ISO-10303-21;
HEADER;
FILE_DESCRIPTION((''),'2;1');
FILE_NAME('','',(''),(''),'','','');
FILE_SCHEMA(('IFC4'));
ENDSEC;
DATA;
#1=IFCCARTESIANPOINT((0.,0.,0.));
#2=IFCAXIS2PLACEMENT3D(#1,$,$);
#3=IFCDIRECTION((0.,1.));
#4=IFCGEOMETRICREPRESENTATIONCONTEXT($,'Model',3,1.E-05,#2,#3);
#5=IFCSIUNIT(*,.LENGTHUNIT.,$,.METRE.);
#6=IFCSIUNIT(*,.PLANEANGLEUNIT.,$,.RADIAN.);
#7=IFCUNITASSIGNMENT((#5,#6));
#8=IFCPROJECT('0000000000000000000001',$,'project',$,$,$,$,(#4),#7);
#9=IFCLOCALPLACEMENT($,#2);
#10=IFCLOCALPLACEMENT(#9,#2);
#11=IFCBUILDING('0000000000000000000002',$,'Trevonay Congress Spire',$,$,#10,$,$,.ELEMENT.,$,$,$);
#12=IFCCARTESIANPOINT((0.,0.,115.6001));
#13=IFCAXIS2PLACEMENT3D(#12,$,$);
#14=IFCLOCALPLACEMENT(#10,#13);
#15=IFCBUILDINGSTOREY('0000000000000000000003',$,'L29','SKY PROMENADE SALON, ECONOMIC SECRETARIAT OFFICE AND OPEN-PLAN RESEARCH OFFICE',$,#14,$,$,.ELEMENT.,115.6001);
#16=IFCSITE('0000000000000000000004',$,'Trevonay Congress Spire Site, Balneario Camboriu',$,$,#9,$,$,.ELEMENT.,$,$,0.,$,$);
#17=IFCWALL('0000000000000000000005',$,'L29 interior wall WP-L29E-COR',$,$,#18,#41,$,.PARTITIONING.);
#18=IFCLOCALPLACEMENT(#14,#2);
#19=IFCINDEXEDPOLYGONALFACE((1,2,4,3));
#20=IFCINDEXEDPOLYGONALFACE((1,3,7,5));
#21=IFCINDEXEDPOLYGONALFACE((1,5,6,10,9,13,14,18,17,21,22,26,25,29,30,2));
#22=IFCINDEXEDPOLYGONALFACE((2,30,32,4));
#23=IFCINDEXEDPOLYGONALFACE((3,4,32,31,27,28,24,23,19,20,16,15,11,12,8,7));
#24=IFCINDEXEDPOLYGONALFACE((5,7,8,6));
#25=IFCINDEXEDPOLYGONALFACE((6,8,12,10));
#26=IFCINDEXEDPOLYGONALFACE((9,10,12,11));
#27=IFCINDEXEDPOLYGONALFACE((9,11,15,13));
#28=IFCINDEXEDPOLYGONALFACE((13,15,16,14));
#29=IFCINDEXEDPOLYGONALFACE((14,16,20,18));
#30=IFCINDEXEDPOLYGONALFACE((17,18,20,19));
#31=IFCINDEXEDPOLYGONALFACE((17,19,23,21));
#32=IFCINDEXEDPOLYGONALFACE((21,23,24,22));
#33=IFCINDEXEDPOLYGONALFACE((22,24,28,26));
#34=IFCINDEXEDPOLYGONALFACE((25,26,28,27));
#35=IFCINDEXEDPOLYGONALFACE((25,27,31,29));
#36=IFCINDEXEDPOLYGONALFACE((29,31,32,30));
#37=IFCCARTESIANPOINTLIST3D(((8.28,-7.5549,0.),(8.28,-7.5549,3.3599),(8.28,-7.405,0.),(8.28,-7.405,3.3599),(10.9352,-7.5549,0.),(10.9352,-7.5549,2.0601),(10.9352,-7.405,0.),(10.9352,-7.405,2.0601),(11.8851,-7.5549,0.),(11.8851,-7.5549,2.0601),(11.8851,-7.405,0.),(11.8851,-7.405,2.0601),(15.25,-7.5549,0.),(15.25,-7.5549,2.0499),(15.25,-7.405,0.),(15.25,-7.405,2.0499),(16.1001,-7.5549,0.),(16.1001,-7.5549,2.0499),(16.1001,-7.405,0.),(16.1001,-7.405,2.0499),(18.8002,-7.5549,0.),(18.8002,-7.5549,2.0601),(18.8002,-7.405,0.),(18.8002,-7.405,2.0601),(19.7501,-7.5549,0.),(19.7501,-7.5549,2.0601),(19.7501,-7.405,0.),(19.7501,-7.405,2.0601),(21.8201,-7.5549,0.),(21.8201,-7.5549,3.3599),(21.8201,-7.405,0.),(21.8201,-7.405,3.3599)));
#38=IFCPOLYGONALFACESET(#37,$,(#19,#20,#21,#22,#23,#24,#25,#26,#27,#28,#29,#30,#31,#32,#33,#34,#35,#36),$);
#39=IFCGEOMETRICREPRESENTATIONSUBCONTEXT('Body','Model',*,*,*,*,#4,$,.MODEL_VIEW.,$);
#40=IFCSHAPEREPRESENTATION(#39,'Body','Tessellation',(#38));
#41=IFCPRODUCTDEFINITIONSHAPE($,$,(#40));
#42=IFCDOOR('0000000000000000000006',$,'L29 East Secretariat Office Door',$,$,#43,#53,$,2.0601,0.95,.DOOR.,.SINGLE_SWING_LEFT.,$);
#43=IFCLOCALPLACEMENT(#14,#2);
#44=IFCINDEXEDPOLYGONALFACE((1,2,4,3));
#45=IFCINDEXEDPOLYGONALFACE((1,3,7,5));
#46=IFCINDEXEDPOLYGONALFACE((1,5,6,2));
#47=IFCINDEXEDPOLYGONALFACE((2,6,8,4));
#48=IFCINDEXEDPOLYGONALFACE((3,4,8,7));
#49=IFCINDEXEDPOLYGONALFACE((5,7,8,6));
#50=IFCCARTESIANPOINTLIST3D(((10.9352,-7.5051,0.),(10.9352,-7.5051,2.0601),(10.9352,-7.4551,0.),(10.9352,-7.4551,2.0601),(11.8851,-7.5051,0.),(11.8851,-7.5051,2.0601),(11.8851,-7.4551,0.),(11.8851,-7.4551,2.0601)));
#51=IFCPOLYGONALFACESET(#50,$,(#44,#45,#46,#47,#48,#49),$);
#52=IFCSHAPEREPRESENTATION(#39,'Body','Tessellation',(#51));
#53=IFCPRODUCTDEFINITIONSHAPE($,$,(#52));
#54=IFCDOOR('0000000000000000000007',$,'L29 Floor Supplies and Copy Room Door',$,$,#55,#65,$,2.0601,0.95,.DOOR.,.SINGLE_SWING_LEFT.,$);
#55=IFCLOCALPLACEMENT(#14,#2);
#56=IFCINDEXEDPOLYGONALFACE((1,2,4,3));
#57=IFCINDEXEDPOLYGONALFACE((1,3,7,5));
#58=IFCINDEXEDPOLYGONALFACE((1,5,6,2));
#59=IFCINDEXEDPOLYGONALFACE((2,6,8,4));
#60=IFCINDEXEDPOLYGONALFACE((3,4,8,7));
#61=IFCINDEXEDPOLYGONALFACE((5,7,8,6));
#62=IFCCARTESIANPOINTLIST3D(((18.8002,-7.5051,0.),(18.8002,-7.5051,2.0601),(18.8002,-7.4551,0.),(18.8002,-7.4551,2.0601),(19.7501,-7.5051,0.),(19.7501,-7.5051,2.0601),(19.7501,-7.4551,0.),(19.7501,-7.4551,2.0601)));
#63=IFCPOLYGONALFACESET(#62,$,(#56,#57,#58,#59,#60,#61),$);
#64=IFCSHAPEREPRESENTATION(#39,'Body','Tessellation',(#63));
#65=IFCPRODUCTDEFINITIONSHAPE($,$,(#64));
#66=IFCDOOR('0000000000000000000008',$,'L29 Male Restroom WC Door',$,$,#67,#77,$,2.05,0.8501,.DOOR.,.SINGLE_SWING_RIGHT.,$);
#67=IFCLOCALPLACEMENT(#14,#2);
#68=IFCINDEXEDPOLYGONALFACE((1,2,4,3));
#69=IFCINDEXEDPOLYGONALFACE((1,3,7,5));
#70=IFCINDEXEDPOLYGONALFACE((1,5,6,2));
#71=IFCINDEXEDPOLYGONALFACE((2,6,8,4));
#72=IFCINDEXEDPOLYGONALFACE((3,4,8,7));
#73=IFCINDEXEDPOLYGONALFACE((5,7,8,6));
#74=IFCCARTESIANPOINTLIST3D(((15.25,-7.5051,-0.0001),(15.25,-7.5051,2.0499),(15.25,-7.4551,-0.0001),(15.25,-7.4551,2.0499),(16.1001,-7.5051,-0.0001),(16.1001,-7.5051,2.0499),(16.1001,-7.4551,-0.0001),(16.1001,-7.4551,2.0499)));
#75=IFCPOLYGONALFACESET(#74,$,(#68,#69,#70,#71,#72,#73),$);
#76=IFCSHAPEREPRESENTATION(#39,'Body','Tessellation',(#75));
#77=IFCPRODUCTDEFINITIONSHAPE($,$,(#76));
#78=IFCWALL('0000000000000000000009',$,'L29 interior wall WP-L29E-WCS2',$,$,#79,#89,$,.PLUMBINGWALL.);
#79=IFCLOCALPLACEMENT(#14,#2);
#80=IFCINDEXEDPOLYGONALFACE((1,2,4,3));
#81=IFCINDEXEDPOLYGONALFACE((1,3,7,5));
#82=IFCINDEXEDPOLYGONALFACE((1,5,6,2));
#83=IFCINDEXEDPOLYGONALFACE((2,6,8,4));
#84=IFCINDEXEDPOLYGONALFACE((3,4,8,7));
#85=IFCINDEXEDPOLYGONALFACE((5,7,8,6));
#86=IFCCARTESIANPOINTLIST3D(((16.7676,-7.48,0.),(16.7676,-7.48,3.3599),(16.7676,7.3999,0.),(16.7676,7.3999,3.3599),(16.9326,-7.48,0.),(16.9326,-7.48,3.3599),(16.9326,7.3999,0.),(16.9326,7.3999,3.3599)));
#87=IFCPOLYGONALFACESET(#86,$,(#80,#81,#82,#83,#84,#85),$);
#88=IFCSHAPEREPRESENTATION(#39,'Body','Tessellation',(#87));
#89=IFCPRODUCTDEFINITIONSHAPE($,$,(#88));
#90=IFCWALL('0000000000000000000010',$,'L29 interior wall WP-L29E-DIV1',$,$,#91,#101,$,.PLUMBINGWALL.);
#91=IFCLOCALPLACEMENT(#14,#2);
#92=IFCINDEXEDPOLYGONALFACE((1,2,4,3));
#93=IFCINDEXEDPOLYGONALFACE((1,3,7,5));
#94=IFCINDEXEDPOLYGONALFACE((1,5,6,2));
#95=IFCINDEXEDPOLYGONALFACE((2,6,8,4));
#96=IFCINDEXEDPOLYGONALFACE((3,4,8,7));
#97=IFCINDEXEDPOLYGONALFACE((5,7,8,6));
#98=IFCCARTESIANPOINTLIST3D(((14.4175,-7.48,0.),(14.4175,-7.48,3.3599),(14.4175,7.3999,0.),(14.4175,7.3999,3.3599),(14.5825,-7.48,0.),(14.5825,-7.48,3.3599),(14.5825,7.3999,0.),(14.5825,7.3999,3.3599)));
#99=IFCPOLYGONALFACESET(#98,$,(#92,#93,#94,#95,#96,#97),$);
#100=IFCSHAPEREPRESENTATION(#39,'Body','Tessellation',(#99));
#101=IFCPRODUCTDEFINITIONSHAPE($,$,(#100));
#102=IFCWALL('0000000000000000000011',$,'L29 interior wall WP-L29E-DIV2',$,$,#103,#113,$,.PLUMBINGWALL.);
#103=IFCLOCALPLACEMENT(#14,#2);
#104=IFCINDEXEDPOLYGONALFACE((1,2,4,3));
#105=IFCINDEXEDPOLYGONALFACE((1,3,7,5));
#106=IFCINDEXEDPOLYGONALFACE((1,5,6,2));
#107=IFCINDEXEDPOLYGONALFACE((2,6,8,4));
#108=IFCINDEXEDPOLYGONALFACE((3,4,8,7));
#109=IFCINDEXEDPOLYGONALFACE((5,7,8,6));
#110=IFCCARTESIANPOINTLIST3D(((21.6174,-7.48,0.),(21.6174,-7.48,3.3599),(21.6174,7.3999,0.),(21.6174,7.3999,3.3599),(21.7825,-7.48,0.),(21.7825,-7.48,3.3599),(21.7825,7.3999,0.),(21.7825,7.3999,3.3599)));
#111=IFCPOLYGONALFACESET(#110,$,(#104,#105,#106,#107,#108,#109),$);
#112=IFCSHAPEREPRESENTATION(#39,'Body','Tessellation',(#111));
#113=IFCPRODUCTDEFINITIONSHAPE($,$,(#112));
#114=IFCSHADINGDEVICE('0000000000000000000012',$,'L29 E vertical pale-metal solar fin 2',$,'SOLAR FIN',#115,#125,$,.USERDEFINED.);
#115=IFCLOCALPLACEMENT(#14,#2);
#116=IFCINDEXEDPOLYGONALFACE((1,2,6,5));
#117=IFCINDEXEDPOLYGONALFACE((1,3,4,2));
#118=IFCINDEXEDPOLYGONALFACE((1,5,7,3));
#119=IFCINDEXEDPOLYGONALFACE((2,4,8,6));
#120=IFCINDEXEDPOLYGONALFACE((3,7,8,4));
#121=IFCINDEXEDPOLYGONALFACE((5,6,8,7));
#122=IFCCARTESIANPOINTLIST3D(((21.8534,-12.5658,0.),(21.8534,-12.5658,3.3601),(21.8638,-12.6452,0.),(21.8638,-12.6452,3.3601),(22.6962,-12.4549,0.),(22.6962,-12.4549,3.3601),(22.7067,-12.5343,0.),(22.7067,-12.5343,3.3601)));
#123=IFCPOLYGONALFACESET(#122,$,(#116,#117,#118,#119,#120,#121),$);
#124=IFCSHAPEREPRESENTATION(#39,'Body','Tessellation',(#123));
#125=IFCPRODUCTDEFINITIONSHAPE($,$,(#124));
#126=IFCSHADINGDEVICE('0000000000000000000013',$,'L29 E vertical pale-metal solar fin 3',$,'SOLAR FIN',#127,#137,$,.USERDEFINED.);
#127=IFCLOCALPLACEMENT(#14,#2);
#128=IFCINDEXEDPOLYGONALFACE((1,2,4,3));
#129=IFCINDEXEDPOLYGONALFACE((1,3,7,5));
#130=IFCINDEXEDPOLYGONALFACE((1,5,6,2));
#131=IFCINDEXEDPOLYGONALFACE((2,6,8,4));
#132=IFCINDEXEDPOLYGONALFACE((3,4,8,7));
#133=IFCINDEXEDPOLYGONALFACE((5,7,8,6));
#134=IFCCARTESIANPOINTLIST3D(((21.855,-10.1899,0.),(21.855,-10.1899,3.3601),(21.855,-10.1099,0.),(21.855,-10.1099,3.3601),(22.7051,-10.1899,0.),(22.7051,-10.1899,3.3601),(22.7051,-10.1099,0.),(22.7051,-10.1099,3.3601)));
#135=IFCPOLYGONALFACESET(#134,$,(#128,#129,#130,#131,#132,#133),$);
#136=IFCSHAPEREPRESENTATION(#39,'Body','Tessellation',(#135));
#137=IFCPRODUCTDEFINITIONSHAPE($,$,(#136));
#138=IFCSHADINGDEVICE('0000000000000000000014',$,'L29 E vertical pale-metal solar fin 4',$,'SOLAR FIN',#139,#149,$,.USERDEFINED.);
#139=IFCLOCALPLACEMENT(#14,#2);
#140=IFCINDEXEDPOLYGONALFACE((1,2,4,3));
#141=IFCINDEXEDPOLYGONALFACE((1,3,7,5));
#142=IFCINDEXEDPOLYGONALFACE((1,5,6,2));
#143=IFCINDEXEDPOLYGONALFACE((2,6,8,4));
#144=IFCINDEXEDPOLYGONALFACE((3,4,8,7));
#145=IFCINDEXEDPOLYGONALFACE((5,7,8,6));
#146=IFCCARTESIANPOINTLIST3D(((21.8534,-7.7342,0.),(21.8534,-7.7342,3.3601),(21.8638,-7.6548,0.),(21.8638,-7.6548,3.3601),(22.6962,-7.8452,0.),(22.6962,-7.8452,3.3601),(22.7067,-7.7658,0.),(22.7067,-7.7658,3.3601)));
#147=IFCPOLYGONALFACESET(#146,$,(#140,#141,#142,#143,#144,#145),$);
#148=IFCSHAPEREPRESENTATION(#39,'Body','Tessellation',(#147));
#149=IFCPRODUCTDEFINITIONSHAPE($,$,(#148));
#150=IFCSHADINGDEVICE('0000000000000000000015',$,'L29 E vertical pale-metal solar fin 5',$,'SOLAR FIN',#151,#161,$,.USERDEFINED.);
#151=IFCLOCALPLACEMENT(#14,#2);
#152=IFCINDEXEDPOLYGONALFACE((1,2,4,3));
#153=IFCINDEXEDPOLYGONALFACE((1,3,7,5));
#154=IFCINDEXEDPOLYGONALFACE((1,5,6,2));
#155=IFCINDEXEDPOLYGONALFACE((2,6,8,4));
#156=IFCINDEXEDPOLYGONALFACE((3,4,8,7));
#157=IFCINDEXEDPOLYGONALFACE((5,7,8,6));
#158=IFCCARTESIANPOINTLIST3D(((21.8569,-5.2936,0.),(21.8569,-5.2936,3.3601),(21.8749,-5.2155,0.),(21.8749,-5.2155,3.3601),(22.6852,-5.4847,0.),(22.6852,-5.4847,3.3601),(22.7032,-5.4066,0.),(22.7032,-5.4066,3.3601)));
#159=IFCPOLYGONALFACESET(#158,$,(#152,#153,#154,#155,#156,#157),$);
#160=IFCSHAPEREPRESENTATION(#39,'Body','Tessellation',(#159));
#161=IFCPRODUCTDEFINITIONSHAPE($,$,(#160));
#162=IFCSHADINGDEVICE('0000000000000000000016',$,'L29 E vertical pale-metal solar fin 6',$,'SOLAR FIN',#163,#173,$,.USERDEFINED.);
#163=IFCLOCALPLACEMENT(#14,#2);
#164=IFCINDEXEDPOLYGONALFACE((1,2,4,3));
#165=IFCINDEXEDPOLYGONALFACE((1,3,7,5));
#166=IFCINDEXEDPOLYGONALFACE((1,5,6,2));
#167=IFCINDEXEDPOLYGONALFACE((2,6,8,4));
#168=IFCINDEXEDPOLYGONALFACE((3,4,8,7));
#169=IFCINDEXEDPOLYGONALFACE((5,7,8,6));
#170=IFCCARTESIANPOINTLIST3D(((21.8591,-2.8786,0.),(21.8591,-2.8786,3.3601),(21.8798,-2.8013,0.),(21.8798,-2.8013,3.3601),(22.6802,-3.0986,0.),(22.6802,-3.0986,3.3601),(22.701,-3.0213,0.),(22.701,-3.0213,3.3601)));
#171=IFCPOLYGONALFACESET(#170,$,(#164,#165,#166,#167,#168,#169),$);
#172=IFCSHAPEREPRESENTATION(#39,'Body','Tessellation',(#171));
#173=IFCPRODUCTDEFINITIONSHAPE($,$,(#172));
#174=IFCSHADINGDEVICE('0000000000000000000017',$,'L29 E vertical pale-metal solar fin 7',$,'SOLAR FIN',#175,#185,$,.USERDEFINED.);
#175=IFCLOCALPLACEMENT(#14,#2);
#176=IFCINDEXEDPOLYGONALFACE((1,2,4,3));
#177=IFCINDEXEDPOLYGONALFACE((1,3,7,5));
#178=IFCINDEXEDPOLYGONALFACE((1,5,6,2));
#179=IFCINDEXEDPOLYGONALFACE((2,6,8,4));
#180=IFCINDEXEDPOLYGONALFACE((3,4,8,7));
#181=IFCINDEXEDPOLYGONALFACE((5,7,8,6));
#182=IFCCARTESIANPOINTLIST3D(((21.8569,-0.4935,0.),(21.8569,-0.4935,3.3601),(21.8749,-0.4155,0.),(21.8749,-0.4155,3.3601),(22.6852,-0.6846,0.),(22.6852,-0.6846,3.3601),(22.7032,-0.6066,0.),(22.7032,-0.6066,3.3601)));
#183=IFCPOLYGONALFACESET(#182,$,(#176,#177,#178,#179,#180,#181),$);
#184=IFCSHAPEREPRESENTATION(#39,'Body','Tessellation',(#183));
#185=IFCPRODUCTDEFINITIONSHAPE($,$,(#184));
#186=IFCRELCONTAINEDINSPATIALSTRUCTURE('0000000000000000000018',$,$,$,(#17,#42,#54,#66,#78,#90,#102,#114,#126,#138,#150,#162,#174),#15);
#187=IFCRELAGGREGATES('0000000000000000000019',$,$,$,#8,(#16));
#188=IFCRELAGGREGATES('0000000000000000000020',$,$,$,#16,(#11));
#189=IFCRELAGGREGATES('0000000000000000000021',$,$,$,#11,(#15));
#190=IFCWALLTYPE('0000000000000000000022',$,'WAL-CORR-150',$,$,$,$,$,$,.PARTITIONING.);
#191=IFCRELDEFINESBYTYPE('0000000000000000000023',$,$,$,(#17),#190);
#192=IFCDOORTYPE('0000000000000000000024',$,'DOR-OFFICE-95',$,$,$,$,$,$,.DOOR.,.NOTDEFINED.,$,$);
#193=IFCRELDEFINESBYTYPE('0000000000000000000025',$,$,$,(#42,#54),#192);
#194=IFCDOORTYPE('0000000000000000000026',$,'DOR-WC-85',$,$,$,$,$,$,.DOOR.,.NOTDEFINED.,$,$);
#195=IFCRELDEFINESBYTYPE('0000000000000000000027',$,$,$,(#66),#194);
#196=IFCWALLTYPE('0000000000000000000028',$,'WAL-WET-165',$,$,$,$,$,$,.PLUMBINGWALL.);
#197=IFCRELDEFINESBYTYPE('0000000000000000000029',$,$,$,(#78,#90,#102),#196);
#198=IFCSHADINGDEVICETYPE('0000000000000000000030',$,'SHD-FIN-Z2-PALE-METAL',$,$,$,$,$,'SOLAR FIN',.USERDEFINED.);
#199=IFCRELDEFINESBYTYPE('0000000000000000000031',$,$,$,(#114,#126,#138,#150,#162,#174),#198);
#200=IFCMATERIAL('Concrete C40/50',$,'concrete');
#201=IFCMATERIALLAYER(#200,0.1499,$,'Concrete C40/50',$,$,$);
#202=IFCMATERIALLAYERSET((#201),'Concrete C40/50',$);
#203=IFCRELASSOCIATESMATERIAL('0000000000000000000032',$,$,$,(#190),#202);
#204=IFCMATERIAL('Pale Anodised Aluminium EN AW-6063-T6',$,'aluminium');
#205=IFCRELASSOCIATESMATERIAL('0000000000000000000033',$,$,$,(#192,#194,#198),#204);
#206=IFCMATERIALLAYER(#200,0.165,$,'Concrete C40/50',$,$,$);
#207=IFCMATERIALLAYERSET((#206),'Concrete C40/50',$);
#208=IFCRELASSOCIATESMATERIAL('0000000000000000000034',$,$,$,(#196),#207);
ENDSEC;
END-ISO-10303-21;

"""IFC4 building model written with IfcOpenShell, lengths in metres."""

from ifc_helpers import new_model, si_unit, direction, frame, frame_2d, origin, origin_2d, place, context, subcontext, project, spatial, rectangle, extrude, material, layer, layer_set, type_object, element, fill, save


model = new_model("IFC4")

# Units and contexts
model_context = context("Model", 3, precision=1e-05, world=origin(), true_north=direction((0.0, 1.0)))
body_context = subcontext(model_context, "Body", "Model", "MODEL_VIEW")
ifc_project = project(units=[si_unit("LENGTHUNIT", "METRE"), si_unit("PLANEANGLEUNIT", "RADIAN")], contexts=[model_context])

# Site, building, storey
site_placement = place(None, origin())
site = spatial("IfcSite", under=ifc_project, at=site_placement, Name="Trevonay Congress Spire Site, Balneario Camboriu", CompositionType="ELEMENT", RefElevation=0.0)
building_placement = place(site_placement, origin())
building = spatial("IfcBuilding", under=site, at=building_placement, Name="Trevonay Congress Spire", CompositionType="ELEMENT")
storey_placement = place(building_placement, frame((0.0, 0.0, 115.6001)))
storey = spatial("IfcBuildingStorey", under=building, at=storey_placement, Name="L29", Description="SKY PROMENADE SALON, ECONOMIC SECRETARIAT OFFICE AND OPEN-PLAN RESEARCH OFFICE", CompositionType="ELEMENT", Elevation=115.6001)

# Shared definitions
ifc_material_1 = material(Name="Pale Anodised Aluminium EN AW-6063-T6", Category="aluminium")

# Wall, openings, doors
ifc_material_2 = material(Name="Concrete C40/50", Category="concrete")
ifc_layer_1 = layer(ifc_material_2, 0.1499, Name="Concrete C40/50")
ifc_layer_set_1 = layer_set([ifc_layer_1], Name="Concrete C40/50")
wall_type_1 = type_object("IfcWallType", Name="WAL-CORR-150", PredefinedType="PARTITIONING", material=ifc_layer_set_1)
wall_placement = place(storey_placement, frame((8.28, -7.48, 0.0), z_axis=(0.0, 0.0, 1.0), x_axis=(1.0, 0.0, 0.0)))
wall = element("IfcWall", 1, at=wall_placement, inside=storey, type_object=wall_type_1, Name="L29 interior wall WP-L29E-COR", PredefinedType="PARTITIONING", context=body_context, shape_type="SweptSolid", body=[
    extrude(rectangle(XDim=13.54, YDim=0.1499, at=frame_2d((6.77, 0.0))), origin(), (0.0, 0.0, 1.0), 3.3599),
])
opening_1_placement = place(wall_placement, frame((2.655, 0.0, 0.0)))
opening_1 = element("IfcOpeningElement", 2, at=opening_1_placement, cuts=wall, PredefinedType="OPENING", context=body_context, shape_type="SweptSolid", body=[
    extrude(rectangle(XDim=0.95, YDim=2.0601, at=frame_2d((0.4751, 1.03))), frame((0.0, 0.085, 0.0), z_axis=(0.0, -1.0, 0.0), x_axis=(1.0, 0.0, 0.0)), (0.0, 0.0, 1.0), 0.1699),
])
opening_2_placement = place(wall_placement, frame((6.97, 0.0, 0.0)))
opening_2 = element("IfcOpeningElement", 3, at=opening_2_placement, cuts=wall, PredefinedType="OPENING", context=body_context, shape_type="SweptSolid", body=[
    extrude(rectangle(XDim=0.8501, YDim=2.05, at=frame_2d((0.425, 1.0249))), frame((0.0, 0.085, 0.0), z_axis=(0.0, -1.0, 0.0), x_axis=(1.0, 0.0, 0.0)), (0.0, 0.0, 1.0), 0.1699),
])
opening_3_placement = place(wall_placement, frame((10.52, 0.0, 0.0)))
opening_3 = element("IfcOpeningElement", 4, at=opening_3_placement, cuts=wall, PredefinedType="OPENING", context=body_context, shape_type="SweptSolid", body=[
    extrude(rectangle(XDim=0.95, YDim=2.0601, at=frame_2d((0.4751, 1.03))), frame((0.0, 0.085, 0.0), z_axis=(0.0, -1.0, 0.0), x_axis=(1.0, 0.0, 0.0)), (0.0, 0.0, 1.0), 0.1699),
])
door_type_1 = type_object("IfcDoorType", Name="DOR-OFFICE-95", OperationType="NOTDEFINED", PredefinedType="DOOR", material=ifc_material_1)
door_1_placement = place(opening_1_placement, origin())
door_1 = element("IfcDoor", 5, at=door_1_placement, inside=storey, type_object=door_type_1, Name="L29 East Secretariat Office Door", OperationType="SINGLE_SWING_LEFT", OverallHeight=2.0601, OverallWidth=0.95, PredefinedType="DOOR", context=body_context, shape_type="SweptSolid", body=[
    extrude(rectangle(XDim=0.95, YDim=2.0601, at=frame_2d((0.4751, 1.03))), frame((0.0, 0.0249, 0.0), z_axis=(0.0, -1.0, 0.0), x_axis=(1.0, 0.0, 0.0)), (0.0, 0.0, 1.0), 0.05),
])
fill(opening_1, door_1)
door_2_placement = place(opening_3_placement, origin())
door_2 = element("IfcDoor", 6, at=door_2_placement, inside=storey, type_object=door_type_1, Name="L29 Floor Supplies and Copy Room Door", OperationType="SINGLE_SWING_LEFT", OverallHeight=2.0601, OverallWidth=0.95, PredefinedType="DOOR", context=body_context, shape_type="SweptSolid", body=[
    extrude(rectangle(XDim=0.95, YDim=2.0601, at=frame_2d((0.4751, 1.03))), frame((0.0, 0.0249, 0.0), z_axis=(0.0, -1.0, 0.0), x_axis=(1.0, 0.0, 0.0)), (0.0, 0.0, 1.0), 0.05),
])
fill(opening_3, door_2)
door_type_2 = type_object("IfcDoorType", Name="DOR-WC-85", OperationType="NOTDEFINED", PredefinedType="DOOR", material=ifc_material_1)
door_3_placement = place(opening_2_placement, origin())
door_3 = element("IfcDoor", 7, at=door_3_placement, inside=storey, type_object=door_type_2, Name="L29 Male Restroom WC Door", OperationType="SINGLE_SWING_RIGHT", OverallHeight=2.05, OverallWidth=0.8501, PredefinedType="DOOR", context=body_context, shape_type="SweptSolid", body=[
    extrude(rectangle(XDim=0.8501, YDim=2.05, at=frame_2d((0.425, 1.0249))), frame((0.0, 0.0249, 0.0), z_axis=(0.0, -1.0, 0.0), x_axis=(1.0, 0.0, 0.0)), (0.0, 0.0, 1.0), 0.05),
])
fill(opening_2, door_3)

# Walls
ifc_layer_2 = layer(ifc_material_2, 0.165, Name="Concrete C40/50")
ifc_layer_set_2 = layer_set([ifc_layer_2], Name="Concrete C40/50")
wall_type_2 = type_object("IfcWallType", Name="WAL-WET-165", PredefinedType="PLUMBINGWALL", material=ifc_layer_set_2)
for number, where, z_axis, x_axis, name in (
    (8, (16.8501, -7.48, 0.0), (0.0, 0.0, 1.0), (0.0, 1.0, 0.0), "L29 interior wall WP-L29E-WCS2"),
    (9, (14.5, -7.48, 0.0), (0.0, 0.0, 1.0), (0.0, 1.0, 0.0), "L29 interior wall WP-L29E-DIV1"),
    (10, (21.7, -7.48, 0.0), (0.0, 0.0, 1.0), (0.0, 1.0, 0.0), "L29 interior wall WP-L29E-DIV2"),
):
    element("IfcWall", number, at=place(storey_placement, frame(where, z_axis=z_axis, x_axis=x_axis)), inside=storey, type_object=wall_type_2, Name=name, PredefinedType="PLUMBINGWALL", context=body_context, shape_type="SweptSolid", body=[
        extrude(rectangle(XDim=14.8799, YDim=0.165, at=frame_2d((7.4399, 0.0))), origin(), (0.0, 0.0, 1.0), 3.3599),
    ])

# Shading devices
shading_device_type = type_object("IfcShadingDeviceType", Name="SHD-FIN-Z2-PALE-METAL", ElementType="SOLAR FIN", PredefinedType="USERDEFINED", material=ifc_material_1)
for number, where, z_axis, x_axis, name in (
    (11, (22.28, -12.55, 0.0), (0.0, 0.0, 1.0), (-0.130526, 0.991445, 0.0), "L29 E vertical pale-metal solar fin 2"),
    (12, (22.28, -10.1499, 0.0), (0.0, 0.0, 1.0), (0.0, 1.0, 0.0), "L29 E vertical pale-metal solar fin 3"),
    (13, (22.28, -7.75, 0.0), (0.0, 0.0, 1.0), (0.130526, 0.991445, 0.0), "L29 E vertical pale-metal solar fin 4"),
    (14, (22.28, -5.3501, 0.0), (0.0, 0.0, 1.0), (0.224781, 0.974409, 0.0), "L29 E vertical pale-metal solar fin 5"),
    (15, (22.28, -2.95, 0.0), (0.0, 0.0, 1.0), (0.258819, 0.965926, 0.0), "L29 E vertical pale-metal solar fin 6"),
    (16, (22.28, -0.55, 0.0), (0.0, 0.0, 1.0), (0.224781, 0.974409, 0.0), "L29 E vertical pale-metal solar fin 7"),
):
    element("IfcShadingDevice", number, at=place(storey_placement, frame(where, z_axis=z_axis, x_axis=x_axis)), inside=storey, type_object=shading_device_type, Name=name, ObjectType="SOLAR FIN", PredefinedType="USERDEFINED", context=body_context, shape_type="SweptSolid", body=[
        extrude(rectangle(XDim=0.0801, YDim=0.8501, at=origin_2d()), origin(), (0.0, 0.0, 1.0), 3.3601),
    ])

save(model, "model.ifc")
